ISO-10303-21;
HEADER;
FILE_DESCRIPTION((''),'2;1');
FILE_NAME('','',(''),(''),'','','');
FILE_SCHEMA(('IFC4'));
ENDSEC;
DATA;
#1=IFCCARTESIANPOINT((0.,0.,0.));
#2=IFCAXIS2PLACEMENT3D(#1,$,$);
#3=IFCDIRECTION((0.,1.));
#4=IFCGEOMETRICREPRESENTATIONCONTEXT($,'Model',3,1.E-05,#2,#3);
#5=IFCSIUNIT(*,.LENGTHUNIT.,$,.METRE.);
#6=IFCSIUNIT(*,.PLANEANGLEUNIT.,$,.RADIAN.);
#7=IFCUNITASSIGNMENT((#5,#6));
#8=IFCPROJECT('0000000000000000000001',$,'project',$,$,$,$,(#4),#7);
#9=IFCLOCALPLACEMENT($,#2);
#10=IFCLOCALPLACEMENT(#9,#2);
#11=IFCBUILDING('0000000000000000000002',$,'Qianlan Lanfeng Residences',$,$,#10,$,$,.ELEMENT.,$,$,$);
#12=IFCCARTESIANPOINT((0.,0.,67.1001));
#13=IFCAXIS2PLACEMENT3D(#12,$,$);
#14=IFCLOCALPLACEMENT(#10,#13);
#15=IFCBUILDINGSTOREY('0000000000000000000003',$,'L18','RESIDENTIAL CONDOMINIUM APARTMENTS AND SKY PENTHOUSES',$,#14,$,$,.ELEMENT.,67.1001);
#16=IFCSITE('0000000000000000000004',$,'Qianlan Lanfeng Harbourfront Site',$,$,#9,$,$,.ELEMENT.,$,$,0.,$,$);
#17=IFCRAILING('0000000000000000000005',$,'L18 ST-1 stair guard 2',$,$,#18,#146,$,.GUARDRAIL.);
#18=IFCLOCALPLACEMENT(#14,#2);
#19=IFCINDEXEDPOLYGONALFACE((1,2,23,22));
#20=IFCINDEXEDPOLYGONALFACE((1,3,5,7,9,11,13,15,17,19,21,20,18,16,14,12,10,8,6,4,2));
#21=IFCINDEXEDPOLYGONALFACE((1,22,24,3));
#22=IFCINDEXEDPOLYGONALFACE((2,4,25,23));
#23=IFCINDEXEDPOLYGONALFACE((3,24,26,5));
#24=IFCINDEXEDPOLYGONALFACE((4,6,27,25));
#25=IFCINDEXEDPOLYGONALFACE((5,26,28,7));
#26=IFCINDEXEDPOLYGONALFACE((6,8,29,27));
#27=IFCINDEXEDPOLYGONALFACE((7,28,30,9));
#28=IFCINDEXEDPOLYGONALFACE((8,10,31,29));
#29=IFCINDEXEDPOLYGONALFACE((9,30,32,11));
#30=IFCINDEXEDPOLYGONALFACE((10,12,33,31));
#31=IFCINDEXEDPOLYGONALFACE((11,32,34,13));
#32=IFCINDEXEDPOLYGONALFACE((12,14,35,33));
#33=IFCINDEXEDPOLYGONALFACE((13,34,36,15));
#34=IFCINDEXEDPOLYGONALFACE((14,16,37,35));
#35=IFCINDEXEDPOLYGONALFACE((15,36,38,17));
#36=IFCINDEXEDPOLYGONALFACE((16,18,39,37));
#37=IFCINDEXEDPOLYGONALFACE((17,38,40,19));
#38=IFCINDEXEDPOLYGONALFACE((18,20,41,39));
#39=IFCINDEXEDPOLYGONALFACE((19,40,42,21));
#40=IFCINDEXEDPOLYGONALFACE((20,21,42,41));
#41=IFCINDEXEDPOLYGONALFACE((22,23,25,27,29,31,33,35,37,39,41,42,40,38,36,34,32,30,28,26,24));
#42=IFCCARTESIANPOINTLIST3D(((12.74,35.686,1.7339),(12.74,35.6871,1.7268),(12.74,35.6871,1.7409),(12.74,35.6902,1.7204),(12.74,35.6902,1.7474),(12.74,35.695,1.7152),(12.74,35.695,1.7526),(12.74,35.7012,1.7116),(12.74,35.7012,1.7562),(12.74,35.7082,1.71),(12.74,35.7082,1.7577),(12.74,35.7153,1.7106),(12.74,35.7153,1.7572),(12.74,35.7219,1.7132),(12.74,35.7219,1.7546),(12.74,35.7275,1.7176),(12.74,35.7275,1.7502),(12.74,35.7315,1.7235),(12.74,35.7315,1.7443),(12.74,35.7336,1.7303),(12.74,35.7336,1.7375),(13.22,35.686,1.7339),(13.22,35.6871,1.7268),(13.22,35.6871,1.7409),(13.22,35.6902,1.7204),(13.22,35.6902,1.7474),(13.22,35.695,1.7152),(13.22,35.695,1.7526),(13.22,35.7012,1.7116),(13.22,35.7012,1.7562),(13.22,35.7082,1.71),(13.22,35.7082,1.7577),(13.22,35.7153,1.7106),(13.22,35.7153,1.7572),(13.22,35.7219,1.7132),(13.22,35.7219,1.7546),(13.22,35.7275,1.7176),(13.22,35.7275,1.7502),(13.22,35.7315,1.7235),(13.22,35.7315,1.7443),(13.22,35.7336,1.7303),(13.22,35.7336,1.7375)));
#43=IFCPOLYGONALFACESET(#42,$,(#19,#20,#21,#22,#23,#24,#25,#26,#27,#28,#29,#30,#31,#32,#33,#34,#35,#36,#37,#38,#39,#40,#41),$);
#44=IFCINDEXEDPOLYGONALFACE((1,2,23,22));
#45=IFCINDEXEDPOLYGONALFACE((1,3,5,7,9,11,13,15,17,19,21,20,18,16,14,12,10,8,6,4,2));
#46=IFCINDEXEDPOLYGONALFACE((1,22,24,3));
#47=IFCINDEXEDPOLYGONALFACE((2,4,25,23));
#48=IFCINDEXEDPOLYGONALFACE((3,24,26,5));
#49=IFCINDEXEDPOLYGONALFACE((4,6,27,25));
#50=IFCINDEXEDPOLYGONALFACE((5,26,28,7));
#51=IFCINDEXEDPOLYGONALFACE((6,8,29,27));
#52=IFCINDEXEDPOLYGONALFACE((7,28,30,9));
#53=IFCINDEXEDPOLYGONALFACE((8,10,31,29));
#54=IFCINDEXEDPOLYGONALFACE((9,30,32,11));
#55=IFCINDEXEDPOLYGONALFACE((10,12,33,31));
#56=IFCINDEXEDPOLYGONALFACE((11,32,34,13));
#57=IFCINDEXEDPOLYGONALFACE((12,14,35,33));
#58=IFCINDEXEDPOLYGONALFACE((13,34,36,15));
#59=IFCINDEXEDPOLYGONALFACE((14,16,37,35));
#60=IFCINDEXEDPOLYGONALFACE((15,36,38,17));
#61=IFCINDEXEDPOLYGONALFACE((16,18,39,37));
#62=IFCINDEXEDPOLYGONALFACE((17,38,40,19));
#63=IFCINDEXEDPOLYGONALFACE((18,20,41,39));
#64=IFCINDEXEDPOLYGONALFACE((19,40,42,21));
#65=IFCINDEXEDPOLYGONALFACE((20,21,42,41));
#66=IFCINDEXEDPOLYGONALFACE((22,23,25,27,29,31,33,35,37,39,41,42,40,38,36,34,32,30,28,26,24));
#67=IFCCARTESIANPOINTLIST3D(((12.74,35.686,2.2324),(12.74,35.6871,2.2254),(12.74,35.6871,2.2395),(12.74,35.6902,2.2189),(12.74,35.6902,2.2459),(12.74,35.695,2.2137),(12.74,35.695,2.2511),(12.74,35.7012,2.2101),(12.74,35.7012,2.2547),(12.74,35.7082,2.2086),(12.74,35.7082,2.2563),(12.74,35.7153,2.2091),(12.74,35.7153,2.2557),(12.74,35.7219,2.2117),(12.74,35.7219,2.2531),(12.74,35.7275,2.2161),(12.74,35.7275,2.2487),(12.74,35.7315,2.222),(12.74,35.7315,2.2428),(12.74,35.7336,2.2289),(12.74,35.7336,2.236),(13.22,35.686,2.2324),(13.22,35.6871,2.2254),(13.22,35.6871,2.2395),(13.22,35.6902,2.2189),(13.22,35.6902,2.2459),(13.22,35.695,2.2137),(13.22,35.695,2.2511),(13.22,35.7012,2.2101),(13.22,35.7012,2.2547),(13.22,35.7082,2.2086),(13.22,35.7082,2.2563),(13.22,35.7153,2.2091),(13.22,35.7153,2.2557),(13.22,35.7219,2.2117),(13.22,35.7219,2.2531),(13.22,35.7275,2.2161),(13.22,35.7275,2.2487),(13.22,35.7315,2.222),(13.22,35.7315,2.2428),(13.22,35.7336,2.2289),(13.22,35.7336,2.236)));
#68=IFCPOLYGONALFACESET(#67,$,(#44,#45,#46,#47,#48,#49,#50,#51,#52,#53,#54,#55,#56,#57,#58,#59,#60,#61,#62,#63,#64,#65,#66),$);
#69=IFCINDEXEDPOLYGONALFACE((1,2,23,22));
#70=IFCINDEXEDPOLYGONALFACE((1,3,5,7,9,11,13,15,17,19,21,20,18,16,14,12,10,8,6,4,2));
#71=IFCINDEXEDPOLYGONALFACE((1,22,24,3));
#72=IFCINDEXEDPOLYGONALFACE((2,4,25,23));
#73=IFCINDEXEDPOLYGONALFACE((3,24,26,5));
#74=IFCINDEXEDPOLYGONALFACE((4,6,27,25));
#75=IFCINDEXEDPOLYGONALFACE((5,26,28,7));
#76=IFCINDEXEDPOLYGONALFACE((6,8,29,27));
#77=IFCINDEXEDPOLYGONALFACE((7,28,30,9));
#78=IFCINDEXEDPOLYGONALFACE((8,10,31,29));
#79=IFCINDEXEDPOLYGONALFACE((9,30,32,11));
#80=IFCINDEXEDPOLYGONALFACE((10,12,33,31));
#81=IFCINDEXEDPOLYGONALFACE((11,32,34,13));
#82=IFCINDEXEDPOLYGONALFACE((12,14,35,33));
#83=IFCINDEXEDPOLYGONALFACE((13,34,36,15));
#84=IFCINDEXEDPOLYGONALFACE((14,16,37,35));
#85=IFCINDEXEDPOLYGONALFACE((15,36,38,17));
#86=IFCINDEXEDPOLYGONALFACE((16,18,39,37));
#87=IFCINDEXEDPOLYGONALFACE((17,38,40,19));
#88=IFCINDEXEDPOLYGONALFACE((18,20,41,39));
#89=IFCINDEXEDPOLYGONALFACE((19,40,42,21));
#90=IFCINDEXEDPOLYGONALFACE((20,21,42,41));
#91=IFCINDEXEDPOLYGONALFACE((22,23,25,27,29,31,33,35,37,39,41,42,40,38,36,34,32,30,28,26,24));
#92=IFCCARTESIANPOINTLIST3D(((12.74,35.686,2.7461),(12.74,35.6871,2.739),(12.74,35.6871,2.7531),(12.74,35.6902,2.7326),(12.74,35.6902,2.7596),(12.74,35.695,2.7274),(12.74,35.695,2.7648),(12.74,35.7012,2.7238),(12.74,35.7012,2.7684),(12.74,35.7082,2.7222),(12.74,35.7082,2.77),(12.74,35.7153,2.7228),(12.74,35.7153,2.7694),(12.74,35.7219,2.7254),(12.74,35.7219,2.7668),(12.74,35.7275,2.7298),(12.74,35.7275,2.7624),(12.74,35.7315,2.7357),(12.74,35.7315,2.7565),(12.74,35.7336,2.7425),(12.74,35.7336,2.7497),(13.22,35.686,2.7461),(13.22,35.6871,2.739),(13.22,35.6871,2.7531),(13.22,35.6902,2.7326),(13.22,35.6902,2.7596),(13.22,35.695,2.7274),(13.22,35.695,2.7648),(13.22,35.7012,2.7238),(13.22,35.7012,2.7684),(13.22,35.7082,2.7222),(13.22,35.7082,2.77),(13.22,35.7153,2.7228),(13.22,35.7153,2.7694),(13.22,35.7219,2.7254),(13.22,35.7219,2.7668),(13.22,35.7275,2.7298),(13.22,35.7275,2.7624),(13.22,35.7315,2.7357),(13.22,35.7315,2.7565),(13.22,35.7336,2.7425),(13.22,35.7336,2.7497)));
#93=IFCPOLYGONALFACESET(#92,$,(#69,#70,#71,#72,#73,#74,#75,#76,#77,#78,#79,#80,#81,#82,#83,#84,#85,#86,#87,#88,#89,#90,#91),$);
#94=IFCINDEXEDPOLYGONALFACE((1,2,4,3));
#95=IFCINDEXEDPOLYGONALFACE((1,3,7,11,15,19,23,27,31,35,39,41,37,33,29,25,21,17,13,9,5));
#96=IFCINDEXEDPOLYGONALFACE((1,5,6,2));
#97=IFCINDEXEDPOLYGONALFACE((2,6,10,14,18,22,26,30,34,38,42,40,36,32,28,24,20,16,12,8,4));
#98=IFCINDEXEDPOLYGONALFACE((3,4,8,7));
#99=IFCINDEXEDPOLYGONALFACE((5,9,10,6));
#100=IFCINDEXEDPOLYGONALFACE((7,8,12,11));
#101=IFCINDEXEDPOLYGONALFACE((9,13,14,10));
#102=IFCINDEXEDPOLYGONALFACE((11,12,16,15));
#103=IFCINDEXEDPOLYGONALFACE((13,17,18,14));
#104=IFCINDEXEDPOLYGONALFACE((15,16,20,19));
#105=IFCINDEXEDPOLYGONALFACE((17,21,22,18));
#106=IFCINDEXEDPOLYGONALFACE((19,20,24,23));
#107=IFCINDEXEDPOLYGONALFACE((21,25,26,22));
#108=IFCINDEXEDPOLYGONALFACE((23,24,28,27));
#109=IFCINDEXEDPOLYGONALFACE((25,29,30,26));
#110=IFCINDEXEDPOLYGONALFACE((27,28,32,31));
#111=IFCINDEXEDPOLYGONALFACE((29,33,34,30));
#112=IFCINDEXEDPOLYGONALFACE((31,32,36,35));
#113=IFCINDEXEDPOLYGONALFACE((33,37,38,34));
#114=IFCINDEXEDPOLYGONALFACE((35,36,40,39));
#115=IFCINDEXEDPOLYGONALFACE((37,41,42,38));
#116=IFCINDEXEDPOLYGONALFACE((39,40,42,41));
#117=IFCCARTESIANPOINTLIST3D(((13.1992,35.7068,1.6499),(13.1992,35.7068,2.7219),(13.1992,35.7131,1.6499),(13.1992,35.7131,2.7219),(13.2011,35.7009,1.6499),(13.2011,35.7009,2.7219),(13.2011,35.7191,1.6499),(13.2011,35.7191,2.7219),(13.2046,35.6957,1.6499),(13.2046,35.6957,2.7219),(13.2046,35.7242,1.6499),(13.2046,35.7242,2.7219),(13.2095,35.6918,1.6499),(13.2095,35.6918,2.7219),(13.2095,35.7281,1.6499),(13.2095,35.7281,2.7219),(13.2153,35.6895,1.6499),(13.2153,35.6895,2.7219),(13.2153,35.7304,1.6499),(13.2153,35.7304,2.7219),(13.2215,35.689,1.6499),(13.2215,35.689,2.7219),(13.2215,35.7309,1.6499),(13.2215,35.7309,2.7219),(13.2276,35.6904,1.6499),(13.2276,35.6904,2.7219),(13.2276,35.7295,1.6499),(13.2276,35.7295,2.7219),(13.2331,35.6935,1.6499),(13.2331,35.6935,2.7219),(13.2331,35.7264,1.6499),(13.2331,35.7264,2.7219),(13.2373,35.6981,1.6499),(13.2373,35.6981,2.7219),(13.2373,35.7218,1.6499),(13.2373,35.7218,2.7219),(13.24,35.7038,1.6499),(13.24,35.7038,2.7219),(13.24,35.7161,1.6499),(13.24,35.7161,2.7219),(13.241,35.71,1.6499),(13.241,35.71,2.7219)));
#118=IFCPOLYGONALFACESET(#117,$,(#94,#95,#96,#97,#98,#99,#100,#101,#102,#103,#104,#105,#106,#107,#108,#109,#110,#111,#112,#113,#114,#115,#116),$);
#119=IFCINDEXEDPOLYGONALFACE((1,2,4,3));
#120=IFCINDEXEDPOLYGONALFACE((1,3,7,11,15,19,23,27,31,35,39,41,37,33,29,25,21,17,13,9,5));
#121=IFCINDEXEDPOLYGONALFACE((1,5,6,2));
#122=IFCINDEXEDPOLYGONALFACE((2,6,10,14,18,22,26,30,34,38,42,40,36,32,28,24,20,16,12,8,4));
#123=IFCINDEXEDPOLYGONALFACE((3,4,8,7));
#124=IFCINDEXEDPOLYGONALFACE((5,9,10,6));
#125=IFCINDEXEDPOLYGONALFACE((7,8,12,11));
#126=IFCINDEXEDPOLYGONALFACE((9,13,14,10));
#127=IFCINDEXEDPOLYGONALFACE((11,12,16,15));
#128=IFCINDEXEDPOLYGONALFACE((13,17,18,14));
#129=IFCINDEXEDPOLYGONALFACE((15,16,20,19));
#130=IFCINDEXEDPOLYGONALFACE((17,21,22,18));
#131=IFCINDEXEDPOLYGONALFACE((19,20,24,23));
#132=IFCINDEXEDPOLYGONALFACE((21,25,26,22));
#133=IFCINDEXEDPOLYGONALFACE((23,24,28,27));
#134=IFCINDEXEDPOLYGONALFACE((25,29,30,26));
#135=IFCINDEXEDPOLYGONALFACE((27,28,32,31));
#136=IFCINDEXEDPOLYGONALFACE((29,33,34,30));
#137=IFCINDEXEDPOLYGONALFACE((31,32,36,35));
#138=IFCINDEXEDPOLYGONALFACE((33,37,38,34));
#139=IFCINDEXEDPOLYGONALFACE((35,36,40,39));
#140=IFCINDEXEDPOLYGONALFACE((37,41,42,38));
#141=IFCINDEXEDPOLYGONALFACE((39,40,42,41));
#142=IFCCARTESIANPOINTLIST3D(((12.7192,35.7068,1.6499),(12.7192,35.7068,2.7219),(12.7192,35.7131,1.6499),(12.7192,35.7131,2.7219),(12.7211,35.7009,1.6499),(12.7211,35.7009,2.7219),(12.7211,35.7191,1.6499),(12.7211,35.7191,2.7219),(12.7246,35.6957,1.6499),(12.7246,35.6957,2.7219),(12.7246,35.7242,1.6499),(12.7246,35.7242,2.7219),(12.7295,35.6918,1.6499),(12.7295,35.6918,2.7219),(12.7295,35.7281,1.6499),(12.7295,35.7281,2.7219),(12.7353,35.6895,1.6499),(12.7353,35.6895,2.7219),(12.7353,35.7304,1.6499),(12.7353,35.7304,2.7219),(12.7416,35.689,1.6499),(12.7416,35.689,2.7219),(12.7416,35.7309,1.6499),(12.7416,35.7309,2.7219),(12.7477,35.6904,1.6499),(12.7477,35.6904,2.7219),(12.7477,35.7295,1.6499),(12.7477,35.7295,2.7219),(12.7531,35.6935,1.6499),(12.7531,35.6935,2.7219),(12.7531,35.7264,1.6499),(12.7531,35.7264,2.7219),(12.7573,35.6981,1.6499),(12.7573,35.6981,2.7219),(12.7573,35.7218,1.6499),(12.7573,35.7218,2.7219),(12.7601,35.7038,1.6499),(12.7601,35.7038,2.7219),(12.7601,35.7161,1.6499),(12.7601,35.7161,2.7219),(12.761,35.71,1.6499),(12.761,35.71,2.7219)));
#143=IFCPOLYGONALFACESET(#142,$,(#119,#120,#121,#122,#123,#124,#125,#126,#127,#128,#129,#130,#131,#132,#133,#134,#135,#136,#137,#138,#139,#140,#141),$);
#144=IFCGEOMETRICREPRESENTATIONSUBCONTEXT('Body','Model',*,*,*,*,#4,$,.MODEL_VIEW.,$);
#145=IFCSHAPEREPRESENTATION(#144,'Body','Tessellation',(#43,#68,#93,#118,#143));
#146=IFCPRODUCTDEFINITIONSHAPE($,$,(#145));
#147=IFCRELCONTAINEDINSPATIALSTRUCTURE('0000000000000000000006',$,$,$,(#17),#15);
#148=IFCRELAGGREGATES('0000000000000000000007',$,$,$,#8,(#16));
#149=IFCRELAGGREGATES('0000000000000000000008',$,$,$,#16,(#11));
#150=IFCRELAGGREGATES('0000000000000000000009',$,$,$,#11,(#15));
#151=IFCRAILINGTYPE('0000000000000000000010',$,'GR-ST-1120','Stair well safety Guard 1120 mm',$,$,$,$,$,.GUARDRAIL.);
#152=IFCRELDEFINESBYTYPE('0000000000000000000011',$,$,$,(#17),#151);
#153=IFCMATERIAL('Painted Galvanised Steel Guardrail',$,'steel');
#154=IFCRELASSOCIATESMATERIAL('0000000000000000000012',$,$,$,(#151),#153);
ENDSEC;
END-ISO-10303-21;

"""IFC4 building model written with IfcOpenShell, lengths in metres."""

from ifc_helpers import new_model, si_unit, direction, frame, origin, origin_2d, place, context, subcontext, project, spatial, circle, extrude, material, type_object, element, save


model = new_model("IFC4")

# Units and contexts
model_context = context("Model", 3, precision=1e-05, world=origin(), true_north=direction((0.0, 1.0)))
body_context = subcontext(model_context, "Body", "Model", "MODEL_VIEW")
ifc_project = project(units=[si_unit("LENGTHUNIT", "METRE"), si_unit("PLANEANGLEUNIT", "RADIAN")], contexts=[model_context])

# Site, building, storey
site_placement = place(None, origin())
site = spatial("IfcSite", under=ifc_project, at=site_placement, Name="Qianlan Lanfeng Harbourfront Site", CompositionType="ELEMENT", RefElevation=0.0)
building_placement = place(site_placement, origin())
building = spatial("IfcBuilding", under=site, at=building_placement, Name="Qianlan Lanfeng Residences", CompositionType="ELEMENT")
storey_placement = place(building_placement, frame((0.0, 0.0, 67.1001)))
storey = spatial("IfcBuildingStorey", under=building, at=storey_placement, Name="L18", Description="RESIDENTIAL CONDOMINIUM APARTMENTS AND SKY PENTHOUSES", CompositionType="ELEMENT", Elevation=67.1001)

# Railing
ifc_material_1 = material(Name="Painted Galvanised Steel Guardrail", Category="steel")
railing_type_1 = type_object("IfcRailingType", Name="GR-ST-1120", Description="Stair well safety Guard 1120 mm", PredefinedType="GUARDRAIL", material=ifc_material_1)
railing_1_placement = place(storey_placement, frame((13.22, 35.71, 1.6499)))
element("IfcRailing", 1, at=railing_1_placement, inside=storey, type_object=railing_type_1, Name="L18 ST-1 stair guard 2", PredefinedType="GUARDRAIL", context=body_context, shape_type="SweptSolid", body=[
    extrude(circle(Radius=0.0239, at=origin_2d()), frame((0.0, 0.0, 0.084), z_axis=(-1.0, 0.0, 0.0), x_axis=(0.0, -1.0, 0.0)), (0.0, 0.0, 1.0), 0.48),
    extrude(circle(Radius=0.0239, at=origin_2d()), frame((0.0, 0.0, 0.5825), z_axis=(-1.0, 0.0, 0.0), x_axis=(0.0, -1.0, 0.0)), (0.0, 0.0, 1.0), 0.48),
    extrude(circle(Radius=0.0239, at=origin_2d()), frame((0.0, 0.0, 1.0962), z_axis=(-1.0, 0.0, 0.0), x_axis=(0.0, -1.0, 0.0)), (0.0, 0.0, 1.0), 0.48),
    extrude(circle(Radius=0.021, at=origin_2d()), origin(), (0.0, 0.0, 1.0), 1.072),
    extrude(circle(Radius=0.021, at=origin_2d()), frame((-0.48, 0.0, 0.0)), (0.0, 0.0, 1.0), 1.072),
])

save(model, "model.ifc")
